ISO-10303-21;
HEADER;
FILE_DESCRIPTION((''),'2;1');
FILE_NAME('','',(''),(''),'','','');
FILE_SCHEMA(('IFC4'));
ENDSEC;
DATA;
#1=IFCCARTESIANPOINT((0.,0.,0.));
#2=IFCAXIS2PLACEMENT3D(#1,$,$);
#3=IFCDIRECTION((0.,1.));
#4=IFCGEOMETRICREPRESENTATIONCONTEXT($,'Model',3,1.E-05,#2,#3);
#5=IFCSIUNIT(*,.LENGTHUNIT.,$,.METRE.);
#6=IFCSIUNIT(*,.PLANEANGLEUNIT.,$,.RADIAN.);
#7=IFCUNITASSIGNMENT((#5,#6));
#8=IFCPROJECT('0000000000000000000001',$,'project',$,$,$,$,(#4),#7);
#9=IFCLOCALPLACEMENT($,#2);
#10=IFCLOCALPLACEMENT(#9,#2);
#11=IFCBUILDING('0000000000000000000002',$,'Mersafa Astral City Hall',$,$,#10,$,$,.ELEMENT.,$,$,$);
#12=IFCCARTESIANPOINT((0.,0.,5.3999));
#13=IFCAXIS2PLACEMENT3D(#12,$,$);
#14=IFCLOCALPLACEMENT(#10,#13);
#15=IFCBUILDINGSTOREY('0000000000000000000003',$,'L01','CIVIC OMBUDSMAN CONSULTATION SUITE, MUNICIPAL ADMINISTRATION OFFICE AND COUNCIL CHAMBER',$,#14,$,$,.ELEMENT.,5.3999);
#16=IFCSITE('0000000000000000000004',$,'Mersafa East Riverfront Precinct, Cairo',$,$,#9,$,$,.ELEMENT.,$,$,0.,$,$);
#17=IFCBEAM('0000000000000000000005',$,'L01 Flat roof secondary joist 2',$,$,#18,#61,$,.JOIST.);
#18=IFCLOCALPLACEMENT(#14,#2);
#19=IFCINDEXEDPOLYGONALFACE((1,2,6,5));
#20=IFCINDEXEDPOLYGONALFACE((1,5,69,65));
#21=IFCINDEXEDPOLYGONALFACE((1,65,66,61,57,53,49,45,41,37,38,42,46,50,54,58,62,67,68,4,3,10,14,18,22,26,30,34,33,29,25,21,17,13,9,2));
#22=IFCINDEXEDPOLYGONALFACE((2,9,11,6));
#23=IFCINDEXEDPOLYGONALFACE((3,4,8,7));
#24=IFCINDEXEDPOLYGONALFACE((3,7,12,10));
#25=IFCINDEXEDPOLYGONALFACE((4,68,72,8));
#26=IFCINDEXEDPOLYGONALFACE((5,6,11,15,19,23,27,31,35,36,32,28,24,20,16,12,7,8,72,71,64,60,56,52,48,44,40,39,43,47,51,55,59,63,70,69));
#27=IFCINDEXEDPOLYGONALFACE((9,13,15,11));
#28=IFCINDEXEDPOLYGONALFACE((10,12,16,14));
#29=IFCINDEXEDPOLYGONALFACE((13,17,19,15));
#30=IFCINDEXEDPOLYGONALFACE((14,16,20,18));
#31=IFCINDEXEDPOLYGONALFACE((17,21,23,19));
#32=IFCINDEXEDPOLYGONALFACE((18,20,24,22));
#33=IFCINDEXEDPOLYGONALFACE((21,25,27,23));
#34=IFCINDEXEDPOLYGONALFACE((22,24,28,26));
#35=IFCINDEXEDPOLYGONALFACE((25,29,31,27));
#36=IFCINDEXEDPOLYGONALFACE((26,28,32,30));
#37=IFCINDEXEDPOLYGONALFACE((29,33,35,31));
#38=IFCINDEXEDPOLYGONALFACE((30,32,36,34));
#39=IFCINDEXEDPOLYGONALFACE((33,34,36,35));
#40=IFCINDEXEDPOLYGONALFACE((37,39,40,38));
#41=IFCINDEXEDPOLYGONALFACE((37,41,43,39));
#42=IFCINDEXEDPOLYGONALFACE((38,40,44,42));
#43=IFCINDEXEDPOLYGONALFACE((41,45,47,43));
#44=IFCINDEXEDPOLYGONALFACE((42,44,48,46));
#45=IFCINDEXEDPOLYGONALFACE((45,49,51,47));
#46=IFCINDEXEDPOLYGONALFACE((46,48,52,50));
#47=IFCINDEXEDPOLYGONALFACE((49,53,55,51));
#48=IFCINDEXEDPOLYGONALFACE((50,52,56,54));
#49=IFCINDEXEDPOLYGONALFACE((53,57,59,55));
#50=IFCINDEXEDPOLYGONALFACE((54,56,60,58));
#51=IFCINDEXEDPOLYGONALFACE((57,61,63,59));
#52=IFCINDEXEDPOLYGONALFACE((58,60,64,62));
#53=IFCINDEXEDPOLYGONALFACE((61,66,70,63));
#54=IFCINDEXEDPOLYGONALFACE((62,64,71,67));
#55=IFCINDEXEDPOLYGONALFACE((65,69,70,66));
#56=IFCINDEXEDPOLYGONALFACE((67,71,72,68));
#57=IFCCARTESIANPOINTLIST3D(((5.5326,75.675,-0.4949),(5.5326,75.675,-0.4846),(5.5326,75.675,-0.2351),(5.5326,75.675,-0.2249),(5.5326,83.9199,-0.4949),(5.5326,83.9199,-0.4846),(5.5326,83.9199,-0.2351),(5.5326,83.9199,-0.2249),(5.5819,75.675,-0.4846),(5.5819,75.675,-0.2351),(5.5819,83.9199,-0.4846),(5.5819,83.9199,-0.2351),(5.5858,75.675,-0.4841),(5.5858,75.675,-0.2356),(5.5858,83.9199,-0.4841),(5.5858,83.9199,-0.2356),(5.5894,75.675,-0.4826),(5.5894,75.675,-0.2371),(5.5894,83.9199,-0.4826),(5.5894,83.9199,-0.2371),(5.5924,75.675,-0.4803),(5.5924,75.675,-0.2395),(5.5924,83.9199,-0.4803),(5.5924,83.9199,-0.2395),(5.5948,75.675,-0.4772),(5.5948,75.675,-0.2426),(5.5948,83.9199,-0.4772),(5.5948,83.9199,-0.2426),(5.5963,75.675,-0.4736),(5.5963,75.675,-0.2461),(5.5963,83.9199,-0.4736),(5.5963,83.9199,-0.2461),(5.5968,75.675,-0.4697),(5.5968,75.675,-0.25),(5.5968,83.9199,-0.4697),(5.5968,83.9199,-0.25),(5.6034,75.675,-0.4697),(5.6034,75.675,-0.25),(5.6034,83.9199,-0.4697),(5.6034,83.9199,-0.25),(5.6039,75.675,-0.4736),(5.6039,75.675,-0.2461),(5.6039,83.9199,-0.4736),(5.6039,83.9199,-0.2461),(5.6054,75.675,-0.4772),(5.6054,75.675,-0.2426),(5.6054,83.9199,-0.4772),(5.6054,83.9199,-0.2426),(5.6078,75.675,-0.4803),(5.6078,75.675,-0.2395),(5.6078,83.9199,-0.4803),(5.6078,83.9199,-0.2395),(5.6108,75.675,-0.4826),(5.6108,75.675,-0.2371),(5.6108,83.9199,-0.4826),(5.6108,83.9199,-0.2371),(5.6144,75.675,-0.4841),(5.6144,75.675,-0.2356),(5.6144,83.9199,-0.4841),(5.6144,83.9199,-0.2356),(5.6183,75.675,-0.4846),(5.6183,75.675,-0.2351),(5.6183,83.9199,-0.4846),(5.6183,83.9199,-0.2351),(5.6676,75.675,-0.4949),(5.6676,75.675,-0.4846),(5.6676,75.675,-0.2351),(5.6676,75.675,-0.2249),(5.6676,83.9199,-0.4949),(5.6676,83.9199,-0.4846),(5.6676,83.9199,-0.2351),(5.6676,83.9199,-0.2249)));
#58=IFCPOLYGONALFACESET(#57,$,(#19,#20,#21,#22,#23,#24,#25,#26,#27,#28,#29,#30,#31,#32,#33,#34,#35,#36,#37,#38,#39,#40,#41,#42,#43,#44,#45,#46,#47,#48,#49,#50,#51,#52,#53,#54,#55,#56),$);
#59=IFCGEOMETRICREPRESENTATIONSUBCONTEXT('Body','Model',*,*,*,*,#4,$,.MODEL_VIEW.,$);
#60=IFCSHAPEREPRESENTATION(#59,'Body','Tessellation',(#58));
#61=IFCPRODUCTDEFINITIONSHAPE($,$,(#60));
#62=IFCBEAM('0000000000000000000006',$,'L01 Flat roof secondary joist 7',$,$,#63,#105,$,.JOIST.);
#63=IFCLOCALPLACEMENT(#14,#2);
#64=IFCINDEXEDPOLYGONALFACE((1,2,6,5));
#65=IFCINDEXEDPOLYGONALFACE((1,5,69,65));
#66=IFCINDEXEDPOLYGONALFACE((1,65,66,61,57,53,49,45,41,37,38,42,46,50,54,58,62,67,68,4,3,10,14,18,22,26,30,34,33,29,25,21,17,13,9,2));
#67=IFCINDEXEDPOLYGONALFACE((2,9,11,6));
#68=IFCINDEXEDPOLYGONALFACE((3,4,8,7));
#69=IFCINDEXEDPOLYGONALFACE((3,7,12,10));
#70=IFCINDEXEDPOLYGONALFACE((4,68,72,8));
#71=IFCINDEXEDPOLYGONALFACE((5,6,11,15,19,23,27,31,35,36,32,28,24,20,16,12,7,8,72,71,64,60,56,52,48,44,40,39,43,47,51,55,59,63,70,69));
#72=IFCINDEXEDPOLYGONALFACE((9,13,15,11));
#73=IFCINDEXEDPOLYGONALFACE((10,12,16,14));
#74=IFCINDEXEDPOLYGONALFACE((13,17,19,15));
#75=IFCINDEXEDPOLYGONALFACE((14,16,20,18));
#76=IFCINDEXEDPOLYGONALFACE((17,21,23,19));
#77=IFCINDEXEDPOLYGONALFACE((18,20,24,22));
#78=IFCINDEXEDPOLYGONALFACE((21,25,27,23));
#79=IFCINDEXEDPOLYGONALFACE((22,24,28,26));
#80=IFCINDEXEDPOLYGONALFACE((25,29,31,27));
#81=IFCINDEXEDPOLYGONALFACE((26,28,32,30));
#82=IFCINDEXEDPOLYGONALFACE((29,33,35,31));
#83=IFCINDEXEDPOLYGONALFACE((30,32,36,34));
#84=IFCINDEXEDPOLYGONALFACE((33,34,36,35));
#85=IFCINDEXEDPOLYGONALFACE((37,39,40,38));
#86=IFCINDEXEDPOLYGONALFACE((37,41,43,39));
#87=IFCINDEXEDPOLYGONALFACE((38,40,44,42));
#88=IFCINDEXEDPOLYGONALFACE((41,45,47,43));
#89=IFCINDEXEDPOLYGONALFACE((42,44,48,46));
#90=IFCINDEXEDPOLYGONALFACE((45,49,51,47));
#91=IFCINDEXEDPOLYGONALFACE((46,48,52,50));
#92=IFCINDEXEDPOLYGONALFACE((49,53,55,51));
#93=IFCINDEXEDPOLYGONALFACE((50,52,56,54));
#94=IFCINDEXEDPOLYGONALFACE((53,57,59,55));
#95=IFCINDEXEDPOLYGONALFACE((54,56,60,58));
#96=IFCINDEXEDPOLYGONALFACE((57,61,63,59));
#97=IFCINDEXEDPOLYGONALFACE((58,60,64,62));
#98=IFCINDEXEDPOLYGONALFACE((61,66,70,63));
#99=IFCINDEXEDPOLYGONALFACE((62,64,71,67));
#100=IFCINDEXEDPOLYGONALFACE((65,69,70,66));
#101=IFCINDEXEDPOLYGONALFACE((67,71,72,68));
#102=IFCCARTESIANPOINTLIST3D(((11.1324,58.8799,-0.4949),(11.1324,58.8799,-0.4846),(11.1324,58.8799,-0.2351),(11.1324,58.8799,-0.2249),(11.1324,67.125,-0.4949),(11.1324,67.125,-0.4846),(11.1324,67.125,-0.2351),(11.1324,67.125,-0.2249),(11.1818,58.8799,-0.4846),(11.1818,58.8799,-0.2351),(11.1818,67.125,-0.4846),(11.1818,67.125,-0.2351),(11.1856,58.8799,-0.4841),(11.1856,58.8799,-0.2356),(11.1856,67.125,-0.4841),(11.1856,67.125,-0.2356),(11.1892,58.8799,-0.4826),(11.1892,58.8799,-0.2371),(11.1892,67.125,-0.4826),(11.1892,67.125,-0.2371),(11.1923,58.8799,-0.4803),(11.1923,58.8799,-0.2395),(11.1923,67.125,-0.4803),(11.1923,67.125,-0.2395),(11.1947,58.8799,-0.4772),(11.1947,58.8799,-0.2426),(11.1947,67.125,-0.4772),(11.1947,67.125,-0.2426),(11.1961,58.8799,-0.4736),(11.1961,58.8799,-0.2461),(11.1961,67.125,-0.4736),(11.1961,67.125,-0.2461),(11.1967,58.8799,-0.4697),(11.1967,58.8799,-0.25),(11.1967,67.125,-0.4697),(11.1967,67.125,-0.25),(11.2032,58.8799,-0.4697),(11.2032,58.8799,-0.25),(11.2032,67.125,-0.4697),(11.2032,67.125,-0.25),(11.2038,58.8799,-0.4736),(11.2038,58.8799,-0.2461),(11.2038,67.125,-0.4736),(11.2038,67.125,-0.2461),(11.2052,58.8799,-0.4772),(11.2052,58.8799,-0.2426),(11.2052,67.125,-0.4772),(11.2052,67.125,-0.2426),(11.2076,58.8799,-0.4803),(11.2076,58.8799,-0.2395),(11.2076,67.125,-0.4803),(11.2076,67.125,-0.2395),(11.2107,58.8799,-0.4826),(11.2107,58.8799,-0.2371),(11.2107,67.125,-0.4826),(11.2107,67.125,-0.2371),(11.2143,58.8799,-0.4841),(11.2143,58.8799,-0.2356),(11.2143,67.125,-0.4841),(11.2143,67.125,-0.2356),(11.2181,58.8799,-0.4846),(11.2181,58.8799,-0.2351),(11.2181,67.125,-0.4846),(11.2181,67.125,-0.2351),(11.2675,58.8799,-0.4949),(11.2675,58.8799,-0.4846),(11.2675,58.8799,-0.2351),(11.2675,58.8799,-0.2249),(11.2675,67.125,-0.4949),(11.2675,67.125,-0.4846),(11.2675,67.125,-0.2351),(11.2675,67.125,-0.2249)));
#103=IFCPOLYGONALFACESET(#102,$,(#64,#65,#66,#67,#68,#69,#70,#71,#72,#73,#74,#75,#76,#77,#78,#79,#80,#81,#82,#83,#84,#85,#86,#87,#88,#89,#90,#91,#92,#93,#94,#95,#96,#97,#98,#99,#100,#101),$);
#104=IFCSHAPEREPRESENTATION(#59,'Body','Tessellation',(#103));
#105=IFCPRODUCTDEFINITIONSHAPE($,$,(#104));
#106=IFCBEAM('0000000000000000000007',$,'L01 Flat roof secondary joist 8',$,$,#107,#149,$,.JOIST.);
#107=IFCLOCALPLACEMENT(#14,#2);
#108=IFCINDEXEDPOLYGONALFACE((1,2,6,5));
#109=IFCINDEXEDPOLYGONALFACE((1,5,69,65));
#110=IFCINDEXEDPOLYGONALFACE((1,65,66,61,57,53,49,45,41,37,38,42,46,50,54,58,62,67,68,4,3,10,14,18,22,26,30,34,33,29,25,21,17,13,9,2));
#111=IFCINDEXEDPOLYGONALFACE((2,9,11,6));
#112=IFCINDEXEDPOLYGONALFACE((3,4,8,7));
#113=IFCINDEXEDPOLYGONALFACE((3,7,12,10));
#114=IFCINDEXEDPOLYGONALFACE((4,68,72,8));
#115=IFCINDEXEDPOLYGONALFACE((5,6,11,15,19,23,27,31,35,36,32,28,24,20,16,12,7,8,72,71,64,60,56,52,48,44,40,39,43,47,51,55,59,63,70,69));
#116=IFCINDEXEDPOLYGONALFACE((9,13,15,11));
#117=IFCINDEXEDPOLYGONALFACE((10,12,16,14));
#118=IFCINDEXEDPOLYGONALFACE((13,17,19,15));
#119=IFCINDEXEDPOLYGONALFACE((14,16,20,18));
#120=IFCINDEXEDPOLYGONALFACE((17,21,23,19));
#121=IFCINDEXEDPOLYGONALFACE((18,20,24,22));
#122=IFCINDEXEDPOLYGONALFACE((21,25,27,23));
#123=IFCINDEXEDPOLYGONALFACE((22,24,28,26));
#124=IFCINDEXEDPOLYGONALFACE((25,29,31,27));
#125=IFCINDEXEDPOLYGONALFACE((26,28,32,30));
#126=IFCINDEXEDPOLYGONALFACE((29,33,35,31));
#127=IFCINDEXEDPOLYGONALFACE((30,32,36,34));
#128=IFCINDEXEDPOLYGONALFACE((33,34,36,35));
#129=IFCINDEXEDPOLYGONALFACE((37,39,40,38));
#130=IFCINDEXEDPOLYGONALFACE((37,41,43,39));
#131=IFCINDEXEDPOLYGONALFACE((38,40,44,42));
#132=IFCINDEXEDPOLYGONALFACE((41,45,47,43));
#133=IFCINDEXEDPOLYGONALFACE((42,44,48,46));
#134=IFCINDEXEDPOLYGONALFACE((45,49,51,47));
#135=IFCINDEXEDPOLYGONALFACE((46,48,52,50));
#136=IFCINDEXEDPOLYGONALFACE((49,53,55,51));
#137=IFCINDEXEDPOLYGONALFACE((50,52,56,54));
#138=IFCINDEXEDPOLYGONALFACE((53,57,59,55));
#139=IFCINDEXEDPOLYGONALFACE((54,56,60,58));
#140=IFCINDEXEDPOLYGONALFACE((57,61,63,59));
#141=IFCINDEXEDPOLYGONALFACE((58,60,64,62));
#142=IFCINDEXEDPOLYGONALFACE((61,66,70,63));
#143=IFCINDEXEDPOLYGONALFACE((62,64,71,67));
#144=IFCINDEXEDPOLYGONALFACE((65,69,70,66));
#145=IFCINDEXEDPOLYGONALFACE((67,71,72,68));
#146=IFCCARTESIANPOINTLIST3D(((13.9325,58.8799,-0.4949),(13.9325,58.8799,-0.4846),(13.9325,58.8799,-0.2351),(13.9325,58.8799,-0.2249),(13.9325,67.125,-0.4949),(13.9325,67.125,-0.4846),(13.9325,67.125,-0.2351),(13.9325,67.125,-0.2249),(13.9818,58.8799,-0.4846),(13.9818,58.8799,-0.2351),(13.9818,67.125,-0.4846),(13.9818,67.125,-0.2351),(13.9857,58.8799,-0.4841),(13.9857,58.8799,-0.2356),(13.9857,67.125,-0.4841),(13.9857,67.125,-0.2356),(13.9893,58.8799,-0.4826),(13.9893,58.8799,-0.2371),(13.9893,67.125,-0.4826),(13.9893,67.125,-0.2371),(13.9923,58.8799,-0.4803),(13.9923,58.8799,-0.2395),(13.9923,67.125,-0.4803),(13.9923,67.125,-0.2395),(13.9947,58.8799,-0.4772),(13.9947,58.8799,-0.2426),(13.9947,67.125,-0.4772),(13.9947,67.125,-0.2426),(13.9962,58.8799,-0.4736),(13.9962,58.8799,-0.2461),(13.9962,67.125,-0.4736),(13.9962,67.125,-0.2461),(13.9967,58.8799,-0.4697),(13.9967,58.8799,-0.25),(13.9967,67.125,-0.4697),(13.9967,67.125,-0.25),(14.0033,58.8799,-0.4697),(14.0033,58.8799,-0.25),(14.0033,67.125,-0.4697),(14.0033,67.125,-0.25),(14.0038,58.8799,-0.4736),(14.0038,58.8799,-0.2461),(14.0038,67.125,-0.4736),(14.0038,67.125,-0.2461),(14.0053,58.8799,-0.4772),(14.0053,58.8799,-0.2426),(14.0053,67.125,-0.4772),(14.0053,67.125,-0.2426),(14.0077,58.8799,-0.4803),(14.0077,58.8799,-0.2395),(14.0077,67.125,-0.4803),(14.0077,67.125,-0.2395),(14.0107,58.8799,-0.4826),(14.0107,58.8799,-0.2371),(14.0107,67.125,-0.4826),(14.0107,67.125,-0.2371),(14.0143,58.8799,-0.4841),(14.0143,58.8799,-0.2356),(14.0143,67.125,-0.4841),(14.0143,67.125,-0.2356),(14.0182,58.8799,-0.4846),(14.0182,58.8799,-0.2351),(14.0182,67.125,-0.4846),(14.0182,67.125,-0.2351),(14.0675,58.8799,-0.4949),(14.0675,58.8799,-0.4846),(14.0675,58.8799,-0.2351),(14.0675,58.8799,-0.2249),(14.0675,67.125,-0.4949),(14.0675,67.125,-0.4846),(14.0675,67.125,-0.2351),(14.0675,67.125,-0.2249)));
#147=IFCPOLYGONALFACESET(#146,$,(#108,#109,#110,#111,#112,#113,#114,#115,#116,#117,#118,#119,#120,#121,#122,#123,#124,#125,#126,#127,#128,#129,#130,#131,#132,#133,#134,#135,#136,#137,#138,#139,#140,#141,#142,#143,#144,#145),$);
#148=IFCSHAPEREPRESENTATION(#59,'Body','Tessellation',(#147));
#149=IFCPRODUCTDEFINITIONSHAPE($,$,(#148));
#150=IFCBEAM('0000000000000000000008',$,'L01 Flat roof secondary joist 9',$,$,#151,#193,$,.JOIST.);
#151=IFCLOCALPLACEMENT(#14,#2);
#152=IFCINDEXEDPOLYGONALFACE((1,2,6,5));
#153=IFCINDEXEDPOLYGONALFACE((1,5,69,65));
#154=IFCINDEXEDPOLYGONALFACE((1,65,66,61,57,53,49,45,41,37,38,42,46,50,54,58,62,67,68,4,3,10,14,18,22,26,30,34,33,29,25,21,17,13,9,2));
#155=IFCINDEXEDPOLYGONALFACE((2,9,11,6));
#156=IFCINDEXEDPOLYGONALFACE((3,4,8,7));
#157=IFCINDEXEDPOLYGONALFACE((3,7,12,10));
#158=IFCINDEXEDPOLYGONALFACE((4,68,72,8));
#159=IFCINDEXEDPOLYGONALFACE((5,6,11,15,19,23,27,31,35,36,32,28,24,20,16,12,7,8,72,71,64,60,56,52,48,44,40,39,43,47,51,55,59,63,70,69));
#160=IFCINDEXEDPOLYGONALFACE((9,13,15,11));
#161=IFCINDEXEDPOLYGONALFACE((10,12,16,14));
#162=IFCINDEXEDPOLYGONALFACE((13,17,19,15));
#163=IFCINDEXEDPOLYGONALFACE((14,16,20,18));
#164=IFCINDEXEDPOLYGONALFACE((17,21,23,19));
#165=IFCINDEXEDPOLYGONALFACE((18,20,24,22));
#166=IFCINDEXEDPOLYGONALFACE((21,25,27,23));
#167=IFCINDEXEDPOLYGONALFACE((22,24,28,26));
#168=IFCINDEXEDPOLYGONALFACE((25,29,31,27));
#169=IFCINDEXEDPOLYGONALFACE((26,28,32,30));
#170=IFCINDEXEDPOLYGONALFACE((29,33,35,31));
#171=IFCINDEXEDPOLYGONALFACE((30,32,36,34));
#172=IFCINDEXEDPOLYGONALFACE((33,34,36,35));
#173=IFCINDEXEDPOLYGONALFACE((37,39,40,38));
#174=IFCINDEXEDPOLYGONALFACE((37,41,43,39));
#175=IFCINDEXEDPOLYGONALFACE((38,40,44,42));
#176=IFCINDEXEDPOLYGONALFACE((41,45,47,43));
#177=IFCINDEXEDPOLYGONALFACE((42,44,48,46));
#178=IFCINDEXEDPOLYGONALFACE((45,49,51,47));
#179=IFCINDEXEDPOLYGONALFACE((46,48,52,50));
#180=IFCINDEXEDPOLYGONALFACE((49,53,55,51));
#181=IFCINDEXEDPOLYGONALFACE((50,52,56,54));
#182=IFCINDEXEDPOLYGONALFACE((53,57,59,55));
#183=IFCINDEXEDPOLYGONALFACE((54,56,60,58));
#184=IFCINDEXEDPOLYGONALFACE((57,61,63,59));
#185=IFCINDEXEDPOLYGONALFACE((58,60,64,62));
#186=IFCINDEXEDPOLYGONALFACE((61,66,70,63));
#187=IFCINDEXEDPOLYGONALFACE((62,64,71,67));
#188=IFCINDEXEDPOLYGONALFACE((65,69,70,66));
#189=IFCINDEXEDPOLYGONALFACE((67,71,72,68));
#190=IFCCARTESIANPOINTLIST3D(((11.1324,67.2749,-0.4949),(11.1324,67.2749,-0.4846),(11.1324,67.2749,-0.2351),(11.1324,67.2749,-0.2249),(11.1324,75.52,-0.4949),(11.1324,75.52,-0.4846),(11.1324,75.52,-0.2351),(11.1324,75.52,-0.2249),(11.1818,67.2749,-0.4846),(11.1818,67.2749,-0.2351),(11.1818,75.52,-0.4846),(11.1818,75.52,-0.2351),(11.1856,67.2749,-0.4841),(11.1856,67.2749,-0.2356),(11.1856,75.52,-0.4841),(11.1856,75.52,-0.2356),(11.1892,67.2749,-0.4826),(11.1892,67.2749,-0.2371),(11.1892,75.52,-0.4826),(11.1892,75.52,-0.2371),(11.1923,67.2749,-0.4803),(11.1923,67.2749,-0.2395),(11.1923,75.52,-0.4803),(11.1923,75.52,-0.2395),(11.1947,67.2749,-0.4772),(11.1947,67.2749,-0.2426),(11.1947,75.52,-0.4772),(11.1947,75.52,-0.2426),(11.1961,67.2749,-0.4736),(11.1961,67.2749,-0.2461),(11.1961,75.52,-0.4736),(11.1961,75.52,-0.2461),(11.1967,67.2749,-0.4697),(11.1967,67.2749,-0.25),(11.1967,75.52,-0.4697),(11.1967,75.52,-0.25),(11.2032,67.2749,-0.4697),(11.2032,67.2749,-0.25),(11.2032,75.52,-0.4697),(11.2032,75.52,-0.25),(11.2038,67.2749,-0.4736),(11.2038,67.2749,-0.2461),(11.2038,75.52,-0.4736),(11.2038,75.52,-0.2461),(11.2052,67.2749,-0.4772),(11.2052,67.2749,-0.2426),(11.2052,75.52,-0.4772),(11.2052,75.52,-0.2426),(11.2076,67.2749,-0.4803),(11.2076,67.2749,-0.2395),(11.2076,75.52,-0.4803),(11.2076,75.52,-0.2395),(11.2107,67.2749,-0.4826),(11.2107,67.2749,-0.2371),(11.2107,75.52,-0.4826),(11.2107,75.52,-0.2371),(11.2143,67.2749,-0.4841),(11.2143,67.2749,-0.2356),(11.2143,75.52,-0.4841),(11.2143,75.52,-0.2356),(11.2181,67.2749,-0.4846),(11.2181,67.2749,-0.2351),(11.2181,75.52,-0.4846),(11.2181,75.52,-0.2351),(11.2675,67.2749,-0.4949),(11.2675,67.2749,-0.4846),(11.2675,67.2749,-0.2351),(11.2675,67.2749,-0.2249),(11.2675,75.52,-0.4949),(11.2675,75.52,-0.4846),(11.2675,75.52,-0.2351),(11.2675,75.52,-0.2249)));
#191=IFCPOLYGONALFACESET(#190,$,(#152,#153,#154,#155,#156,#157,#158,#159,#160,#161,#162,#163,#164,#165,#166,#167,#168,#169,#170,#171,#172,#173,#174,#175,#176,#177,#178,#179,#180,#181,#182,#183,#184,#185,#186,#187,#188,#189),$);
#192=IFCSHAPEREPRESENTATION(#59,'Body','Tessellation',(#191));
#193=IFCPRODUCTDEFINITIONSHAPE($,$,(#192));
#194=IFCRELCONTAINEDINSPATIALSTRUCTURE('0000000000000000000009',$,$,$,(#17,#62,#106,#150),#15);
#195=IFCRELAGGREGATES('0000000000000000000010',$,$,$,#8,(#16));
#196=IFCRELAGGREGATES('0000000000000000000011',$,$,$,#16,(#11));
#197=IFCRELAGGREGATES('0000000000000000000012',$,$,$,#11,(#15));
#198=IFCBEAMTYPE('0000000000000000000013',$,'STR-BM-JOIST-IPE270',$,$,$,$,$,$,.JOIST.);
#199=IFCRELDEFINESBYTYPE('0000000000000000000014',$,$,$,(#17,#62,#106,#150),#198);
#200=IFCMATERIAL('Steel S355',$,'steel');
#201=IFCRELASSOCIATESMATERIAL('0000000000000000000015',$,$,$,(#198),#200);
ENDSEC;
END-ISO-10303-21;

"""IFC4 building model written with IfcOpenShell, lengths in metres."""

from ifc_helpers import new_model, si_unit, direction, frame, origin, origin_2d, place, context, subcontext, project, spatial, i_section, extrude, material, material_profile, profile_set, type_object, element, save


model = new_model("IFC4")

# Units and contexts
model_context = context("Model", 3, precision=1e-05, world=origin(), true_north=direction((0.0, 1.0)))
body_context = subcontext(model_context, "Body", "Model", "MODEL_VIEW")
ifc_project = project(units=[si_unit("LENGTHUNIT", "METRE"), si_unit("PLANEANGLEUNIT", "RADIAN")], contexts=[model_context])

# Site, building, storey
site_placement = place(None, origin())
site = spatial("IfcSite", under=ifc_project, at=site_placement, Name="Mersafa East Riverfront Precinct, Cairo", CompositionType="ELEMENT", RefElevation=0.0)
building_placement = place(site_placement, origin())
building = spatial("IfcBuilding", under=site, at=building_placement, Name="Mersafa Astral City Hall", CompositionType="ELEMENT")
storey_placement = place(building_placement, frame((0.0, 0.0, 5.3999)))
storey = spatial("IfcBuildingStorey", under=building, at=storey_placement, Name="L01", Description="CIVIC OMBUDSMAN CONSULTATION SUITE, MUNICIPAL ADMINISTRATION OFFICE AND COUNCIL CHAMBER", CompositionType="ELEMENT", Elevation=5.3999)

# Shared definitions
ifc_material_1 = material(Name="Steel S355", Category="steel")

# Beams
ifc_material_profile_1 = material_profile(ifc_material_1, i_section(OverallWidth=0.135, OverallDepth=0.27, WebThickness=0.0066, FlangeThickness=0.0103, FilletRadius=0.0149, at=origin_2d()), Name="IPE 270")
ifc_profile_set_1 = profile_set([ifc_material_profile_1], Name="Steel S355")
beam_type_1 = type_object("IfcBeamType", Name="STR-BM-JOIST-IPE270", PredefinedType="JOIST", material=ifc_profile_set_1)
for number, where, z_axis, x_axis, name in (
    (1, (5.6001, 75.675, -0.3599), (0.0, 1.0, 0.0), (-1.0, 0.0, 0.0), "L01 Flat roof secondary joist 2"),
):
    element("IfcBeam", number, at=place(storey_placement, frame(where, z_axis=z_axis, x_axis=x_axis)), inside=storey, type_object=beam_type_1, Name=name, PredefinedType="JOIST", context=body_context, shape_type="SweptSolid", body=[
        extrude(i_section(OverallWidth=0.135, OverallDepth=0.27, WebThickness=0.0066, FlangeThickness=0.0103, FilletRadius=0.0149, at=origin_2d()), origin(), (0.0, 0.0, 1.0), 8.2449),
    ])
for number, where, z_axis, x_axis, name in (
    (2, (11.2, 58.8799, -0.3599), (0.0, 1.0, 0.0), (-1.0, 0.0, 0.0), "L01 Flat roof secondary joist 7"),
    (3, (14.0, 58.8799, -0.3599), (0.0, 1.0, 0.0), (-1.0, 0.0, 0.0), "L01 Flat roof secondary joist 8"),
    (4, (11.2, 67.2749, -0.3599), (0.0, 1.0, 0.0), (-1.0, 0.0, 0.0), "L01 Flat roof secondary joist 9"),
):
    element("IfcBeam", number, at=place(storey_placement, frame(where, z_axis=z_axis, x_axis=x_axis)), inside=storey, type_object=beam_type_1, Name=name, PredefinedType="JOIST", context=body_context, shape_type="SweptSolid", body=[
        extrude(i_section(OverallWidth=0.135, OverallDepth=0.27, WebThickness=0.0066, FlangeThickness=0.0103, FilletRadius=0.0149, at=origin_2d()), origin(), (0.0, 0.0, 1.0), 8.2451),
    ])

save(model, "model.ifc")
